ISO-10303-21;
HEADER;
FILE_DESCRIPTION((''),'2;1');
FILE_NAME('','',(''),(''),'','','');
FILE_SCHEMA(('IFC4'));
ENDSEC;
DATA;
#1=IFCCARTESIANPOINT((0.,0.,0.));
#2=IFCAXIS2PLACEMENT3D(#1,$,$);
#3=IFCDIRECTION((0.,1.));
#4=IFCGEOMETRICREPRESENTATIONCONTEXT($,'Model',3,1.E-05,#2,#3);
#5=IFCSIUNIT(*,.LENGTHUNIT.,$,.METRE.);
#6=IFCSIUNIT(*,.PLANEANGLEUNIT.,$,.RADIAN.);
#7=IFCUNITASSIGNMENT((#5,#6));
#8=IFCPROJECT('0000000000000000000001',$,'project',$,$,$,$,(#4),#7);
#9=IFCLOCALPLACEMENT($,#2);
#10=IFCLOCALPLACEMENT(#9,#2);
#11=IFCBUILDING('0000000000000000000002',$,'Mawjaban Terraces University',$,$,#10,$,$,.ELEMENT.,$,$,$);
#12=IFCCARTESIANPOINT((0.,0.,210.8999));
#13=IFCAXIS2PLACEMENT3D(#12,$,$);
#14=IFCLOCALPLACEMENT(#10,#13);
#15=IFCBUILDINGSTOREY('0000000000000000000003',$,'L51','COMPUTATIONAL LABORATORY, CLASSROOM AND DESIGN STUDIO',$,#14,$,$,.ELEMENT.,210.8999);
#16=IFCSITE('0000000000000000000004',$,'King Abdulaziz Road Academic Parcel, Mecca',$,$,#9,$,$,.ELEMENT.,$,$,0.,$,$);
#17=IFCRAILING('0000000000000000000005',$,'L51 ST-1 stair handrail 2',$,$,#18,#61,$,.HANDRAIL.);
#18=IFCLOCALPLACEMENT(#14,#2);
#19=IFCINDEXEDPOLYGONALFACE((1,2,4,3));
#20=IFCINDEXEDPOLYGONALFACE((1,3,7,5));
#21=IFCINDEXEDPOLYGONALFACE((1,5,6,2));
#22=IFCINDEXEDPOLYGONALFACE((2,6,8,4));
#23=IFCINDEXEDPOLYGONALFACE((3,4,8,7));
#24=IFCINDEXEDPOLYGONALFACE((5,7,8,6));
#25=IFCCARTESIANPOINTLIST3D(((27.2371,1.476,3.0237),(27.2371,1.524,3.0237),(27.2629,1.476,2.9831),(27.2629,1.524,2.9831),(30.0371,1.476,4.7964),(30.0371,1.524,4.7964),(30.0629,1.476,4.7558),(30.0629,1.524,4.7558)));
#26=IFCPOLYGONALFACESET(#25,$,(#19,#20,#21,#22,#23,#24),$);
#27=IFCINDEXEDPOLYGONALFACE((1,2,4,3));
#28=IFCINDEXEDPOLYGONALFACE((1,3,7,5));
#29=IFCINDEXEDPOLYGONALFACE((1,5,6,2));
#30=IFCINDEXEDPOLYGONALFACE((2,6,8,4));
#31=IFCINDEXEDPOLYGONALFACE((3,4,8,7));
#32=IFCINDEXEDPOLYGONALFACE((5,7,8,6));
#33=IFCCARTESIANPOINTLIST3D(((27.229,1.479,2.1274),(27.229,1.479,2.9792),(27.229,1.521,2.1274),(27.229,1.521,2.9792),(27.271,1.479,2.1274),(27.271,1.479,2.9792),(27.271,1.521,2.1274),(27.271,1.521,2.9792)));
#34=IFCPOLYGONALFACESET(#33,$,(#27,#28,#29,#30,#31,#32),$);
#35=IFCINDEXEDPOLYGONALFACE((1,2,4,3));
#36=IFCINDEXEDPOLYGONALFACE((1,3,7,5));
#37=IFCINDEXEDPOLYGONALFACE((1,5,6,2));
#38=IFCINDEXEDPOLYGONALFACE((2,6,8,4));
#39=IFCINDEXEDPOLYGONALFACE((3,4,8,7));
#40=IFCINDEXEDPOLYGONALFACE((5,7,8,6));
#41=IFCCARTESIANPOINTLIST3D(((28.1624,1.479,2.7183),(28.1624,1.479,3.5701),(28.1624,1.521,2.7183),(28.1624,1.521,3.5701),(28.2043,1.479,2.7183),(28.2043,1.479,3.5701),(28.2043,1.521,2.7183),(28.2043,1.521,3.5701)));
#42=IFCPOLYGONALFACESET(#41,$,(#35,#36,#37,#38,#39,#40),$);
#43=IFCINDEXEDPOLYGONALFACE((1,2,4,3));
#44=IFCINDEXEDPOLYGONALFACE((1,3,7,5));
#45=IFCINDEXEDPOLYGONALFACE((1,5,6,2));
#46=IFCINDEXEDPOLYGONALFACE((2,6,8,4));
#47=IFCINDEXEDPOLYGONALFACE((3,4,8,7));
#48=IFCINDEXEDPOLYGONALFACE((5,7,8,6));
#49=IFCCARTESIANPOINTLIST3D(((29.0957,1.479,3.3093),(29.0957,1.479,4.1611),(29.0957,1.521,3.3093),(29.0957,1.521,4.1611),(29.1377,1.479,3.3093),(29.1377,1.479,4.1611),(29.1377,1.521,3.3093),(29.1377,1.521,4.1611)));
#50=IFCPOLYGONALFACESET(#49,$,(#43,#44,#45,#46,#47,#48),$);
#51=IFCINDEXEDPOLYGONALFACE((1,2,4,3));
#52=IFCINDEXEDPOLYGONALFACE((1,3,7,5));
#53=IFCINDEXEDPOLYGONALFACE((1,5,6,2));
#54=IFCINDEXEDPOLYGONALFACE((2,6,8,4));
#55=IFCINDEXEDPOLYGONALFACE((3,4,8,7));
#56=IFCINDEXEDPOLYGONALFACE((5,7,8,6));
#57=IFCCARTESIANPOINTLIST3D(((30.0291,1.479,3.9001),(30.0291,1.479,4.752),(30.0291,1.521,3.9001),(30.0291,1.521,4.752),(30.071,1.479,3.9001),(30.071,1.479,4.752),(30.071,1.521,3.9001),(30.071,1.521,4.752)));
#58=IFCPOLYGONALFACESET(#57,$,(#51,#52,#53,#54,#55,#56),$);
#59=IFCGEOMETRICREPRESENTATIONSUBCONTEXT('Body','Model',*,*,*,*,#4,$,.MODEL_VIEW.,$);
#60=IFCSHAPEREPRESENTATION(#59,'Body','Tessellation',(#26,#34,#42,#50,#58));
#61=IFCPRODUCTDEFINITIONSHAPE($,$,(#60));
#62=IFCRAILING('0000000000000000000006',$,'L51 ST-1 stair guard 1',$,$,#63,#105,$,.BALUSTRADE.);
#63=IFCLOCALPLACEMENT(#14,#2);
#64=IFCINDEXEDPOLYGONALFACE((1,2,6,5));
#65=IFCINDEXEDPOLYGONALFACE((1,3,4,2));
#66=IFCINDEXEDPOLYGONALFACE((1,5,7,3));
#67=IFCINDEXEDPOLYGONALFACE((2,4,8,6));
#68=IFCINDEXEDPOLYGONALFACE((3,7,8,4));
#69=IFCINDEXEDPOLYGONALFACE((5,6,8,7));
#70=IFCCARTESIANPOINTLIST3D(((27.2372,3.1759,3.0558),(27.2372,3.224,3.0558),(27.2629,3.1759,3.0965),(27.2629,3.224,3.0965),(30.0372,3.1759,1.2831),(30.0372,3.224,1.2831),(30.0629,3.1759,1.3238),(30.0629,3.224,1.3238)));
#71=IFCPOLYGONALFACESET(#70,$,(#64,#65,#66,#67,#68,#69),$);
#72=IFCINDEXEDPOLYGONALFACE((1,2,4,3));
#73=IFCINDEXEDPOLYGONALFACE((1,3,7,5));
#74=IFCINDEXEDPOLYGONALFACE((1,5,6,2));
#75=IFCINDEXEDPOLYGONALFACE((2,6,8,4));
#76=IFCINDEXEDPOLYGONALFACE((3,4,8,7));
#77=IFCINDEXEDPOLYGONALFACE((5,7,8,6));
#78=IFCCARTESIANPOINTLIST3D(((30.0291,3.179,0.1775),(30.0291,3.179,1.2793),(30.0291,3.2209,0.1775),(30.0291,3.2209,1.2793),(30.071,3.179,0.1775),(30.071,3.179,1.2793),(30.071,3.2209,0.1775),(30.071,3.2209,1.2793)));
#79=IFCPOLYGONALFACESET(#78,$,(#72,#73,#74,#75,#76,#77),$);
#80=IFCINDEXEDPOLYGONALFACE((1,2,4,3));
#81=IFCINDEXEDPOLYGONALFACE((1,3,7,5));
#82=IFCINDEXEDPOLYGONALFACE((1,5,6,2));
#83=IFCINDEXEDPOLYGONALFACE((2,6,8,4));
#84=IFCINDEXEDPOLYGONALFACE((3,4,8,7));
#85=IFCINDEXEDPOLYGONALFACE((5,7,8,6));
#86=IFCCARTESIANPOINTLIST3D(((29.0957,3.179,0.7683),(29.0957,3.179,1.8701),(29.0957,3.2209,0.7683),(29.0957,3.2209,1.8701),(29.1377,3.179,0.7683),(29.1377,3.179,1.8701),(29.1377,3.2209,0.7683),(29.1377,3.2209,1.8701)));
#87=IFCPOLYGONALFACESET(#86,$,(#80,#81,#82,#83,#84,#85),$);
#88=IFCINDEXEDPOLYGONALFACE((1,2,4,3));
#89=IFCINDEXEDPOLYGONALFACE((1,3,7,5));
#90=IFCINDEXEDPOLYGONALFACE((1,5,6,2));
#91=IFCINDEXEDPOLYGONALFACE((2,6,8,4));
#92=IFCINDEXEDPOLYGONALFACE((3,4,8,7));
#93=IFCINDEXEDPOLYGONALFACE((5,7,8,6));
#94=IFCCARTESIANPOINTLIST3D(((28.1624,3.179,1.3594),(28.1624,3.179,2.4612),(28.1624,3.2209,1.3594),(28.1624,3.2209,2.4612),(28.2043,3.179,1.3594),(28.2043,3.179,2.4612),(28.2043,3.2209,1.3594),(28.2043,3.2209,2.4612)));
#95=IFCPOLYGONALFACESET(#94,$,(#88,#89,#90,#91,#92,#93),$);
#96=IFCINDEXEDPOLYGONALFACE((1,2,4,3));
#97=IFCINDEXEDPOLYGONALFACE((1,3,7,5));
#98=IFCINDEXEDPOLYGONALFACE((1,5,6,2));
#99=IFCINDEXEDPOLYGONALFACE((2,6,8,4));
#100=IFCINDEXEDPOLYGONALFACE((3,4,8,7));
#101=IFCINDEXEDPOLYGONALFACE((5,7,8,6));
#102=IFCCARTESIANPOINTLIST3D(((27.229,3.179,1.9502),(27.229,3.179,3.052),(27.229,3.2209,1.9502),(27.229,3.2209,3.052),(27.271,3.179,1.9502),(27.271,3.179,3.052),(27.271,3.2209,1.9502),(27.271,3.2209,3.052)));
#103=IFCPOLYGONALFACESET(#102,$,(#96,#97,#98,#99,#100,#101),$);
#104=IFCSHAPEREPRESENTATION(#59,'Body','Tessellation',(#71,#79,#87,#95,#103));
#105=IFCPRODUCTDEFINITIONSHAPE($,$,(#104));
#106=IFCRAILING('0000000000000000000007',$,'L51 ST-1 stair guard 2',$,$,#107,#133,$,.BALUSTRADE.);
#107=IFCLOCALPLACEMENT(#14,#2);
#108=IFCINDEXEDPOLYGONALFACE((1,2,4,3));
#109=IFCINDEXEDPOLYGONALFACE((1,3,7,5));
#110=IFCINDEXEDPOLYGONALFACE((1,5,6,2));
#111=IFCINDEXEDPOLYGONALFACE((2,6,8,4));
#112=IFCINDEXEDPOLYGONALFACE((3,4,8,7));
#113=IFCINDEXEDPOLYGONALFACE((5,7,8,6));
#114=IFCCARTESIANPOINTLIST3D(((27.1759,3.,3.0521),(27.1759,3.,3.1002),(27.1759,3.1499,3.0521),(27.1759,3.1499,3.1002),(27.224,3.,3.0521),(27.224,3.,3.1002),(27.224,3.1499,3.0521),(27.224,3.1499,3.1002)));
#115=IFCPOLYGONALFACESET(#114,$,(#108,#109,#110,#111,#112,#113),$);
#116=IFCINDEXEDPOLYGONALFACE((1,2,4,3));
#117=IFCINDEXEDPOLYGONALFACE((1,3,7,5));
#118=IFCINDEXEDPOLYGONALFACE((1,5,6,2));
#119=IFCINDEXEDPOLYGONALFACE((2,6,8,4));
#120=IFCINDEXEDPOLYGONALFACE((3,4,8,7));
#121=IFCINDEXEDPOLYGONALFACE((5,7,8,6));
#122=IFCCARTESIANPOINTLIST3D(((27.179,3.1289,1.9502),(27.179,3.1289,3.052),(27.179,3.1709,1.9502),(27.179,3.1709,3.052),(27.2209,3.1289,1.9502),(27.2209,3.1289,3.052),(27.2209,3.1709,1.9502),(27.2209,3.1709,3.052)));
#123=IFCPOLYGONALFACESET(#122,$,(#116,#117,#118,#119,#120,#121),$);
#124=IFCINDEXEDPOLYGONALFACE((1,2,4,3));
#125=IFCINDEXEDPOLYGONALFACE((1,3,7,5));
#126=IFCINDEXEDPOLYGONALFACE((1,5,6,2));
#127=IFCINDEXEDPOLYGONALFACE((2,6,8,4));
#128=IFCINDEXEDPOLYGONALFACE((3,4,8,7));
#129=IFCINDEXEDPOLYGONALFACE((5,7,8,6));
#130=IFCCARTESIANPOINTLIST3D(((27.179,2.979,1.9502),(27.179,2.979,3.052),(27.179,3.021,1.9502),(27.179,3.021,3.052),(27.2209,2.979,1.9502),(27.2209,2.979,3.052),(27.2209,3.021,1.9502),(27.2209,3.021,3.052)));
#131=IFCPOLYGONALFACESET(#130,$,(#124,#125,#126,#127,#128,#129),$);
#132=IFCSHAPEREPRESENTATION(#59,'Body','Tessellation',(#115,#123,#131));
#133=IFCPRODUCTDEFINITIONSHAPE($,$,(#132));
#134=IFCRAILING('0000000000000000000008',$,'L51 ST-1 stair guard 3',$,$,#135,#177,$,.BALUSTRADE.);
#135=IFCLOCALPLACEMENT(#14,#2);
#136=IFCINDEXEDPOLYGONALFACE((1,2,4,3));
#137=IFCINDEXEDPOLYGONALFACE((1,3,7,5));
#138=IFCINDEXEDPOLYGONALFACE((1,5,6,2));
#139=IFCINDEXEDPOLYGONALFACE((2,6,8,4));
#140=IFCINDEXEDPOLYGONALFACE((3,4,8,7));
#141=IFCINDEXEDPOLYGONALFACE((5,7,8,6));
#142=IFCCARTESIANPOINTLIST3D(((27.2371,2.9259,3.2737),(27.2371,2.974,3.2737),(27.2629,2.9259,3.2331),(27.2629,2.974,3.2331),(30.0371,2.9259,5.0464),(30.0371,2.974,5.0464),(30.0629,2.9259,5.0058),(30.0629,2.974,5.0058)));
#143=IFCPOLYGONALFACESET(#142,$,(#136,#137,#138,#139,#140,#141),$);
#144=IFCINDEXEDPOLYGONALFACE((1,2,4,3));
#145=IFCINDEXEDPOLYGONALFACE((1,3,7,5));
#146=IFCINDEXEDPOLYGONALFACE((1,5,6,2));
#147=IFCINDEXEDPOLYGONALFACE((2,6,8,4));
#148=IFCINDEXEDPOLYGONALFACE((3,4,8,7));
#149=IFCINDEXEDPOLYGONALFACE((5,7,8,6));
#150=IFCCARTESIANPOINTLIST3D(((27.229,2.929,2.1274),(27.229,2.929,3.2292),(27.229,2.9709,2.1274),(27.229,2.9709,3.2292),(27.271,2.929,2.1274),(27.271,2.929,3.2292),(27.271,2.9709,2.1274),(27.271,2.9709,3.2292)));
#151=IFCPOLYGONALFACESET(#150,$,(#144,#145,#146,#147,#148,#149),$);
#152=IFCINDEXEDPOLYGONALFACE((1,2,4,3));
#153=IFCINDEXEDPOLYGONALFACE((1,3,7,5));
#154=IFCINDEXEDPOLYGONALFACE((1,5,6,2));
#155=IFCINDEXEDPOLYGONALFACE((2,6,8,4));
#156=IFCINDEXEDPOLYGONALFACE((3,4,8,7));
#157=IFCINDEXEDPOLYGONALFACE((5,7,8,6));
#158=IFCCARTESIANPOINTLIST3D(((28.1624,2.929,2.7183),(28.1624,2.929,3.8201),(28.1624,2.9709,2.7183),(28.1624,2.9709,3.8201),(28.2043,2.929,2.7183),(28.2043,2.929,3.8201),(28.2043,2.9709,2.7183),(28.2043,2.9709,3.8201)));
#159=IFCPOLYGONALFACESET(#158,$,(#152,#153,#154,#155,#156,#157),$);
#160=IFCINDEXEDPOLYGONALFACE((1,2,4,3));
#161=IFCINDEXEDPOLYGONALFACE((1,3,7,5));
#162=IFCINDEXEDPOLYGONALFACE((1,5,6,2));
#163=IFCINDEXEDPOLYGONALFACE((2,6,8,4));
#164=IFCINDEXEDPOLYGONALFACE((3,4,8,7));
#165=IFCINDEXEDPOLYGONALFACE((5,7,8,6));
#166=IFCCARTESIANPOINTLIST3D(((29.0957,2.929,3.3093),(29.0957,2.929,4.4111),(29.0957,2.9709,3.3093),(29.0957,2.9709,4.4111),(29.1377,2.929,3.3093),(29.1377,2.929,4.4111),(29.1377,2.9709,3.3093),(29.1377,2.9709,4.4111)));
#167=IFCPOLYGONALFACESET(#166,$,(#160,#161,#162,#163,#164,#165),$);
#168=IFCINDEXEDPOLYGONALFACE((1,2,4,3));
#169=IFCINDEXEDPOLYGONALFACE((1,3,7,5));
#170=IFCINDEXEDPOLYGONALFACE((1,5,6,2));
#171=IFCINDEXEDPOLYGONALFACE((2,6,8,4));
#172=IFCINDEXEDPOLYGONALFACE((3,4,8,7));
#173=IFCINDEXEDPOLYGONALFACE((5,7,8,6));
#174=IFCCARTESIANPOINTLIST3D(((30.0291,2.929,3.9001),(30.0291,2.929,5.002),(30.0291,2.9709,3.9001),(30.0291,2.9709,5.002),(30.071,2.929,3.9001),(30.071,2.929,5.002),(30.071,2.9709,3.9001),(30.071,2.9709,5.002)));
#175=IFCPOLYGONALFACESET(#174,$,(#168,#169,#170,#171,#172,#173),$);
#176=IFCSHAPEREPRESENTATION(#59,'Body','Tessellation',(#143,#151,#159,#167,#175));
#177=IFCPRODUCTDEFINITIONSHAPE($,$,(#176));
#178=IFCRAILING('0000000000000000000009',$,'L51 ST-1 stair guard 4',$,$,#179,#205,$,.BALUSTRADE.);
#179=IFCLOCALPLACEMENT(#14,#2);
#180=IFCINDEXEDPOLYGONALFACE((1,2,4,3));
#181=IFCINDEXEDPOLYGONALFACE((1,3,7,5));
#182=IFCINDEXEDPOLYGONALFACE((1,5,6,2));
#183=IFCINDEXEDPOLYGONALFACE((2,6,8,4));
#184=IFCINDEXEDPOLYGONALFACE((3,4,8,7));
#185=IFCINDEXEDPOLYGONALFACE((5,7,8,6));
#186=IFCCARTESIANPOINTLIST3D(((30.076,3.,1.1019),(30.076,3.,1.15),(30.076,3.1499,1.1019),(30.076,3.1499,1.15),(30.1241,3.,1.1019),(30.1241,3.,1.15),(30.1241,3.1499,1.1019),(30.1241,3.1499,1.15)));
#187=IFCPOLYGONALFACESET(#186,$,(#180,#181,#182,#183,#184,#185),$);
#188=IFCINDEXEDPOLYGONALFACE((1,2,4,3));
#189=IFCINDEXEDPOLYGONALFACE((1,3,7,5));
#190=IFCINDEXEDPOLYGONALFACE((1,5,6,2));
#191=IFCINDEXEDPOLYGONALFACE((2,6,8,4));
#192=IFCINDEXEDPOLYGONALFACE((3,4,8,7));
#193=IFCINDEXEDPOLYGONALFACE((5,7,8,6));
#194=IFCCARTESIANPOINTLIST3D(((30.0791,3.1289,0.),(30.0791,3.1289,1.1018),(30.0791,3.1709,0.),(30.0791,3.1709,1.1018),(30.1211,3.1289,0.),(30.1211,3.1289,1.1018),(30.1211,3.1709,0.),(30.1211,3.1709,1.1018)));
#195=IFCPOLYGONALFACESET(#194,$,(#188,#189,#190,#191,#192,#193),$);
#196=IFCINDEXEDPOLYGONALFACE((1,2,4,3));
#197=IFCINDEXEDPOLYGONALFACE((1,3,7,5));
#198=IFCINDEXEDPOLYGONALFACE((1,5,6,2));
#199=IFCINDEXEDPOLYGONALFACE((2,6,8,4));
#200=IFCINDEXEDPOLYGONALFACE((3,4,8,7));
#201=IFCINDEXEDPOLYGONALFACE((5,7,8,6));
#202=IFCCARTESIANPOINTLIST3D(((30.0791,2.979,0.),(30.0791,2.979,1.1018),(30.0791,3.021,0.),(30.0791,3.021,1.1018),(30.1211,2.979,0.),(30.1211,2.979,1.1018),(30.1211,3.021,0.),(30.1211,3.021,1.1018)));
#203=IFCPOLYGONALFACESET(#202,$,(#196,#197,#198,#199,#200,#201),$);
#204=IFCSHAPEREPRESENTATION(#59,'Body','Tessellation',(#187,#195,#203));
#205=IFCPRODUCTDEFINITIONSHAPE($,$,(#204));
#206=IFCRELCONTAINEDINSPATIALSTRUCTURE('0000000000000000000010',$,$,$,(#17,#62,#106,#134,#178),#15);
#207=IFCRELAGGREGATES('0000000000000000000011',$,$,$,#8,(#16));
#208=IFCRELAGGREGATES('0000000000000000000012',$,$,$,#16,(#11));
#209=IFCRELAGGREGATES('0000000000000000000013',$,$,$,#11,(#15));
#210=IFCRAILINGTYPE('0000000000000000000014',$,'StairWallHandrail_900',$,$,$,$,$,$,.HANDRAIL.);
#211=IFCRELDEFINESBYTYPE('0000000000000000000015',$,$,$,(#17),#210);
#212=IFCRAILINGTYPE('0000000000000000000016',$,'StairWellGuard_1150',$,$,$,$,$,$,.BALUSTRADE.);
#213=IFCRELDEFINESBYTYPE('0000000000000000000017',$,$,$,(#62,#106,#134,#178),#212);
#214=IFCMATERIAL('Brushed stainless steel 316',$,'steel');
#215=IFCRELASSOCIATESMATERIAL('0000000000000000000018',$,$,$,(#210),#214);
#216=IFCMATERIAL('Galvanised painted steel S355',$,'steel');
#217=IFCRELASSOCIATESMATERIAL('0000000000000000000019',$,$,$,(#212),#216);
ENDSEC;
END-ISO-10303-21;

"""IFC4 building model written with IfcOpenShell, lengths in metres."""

from ifc_helpers import new_model, si_unit, direction, frame, origin, origin_2d, place, context, subcontext, project, spatial, rectangle, extrude, material, type_object, element, save


model = new_model("IFC4")

# Units and contexts
model_context = context("Model", 3, precision=1e-05, world=origin(), true_north=direction((0.0, 1.0)))
body_context = subcontext(model_context, "Body", "Model", "MODEL_VIEW")
ifc_project = project(units=[si_unit("LENGTHUNIT", "METRE"), si_unit("PLANEANGLEUNIT", "RADIAN")], contexts=[model_context])

# Site, building, storey
site_placement = place(None, origin())
site = spatial("IfcSite", under=ifc_project, at=site_placement, Name="King Abdulaziz Road Academic Parcel, Mecca", CompositionType="ELEMENT", RefElevation=0.0)
building_placement = place(site_placement, origin())
building = spatial("IfcBuilding", under=site, at=building_placement, Name="Mawjaban Terraces University", CompositionType="ELEMENT")
storey_placement = place(building_placement, frame((0.0, 0.0, 210.8999)))
storey = spatial("IfcBuildingStorey", under=building, at=storey_placement, Name="L51", Description="COMPUTATIONAL LABORATORY, CLASSROOM AND DESIGN STUDIO", CompositionType="ELEMENT", Elevation=210.8999)

# Railings
ifc_material_1 = material(Name="Brushed stainless steel 316", Category="steel")
railing_type_1 = type_object("IfcRailingType", Name="StairWallHandrail_900", PredefinedType="HANDRAIL", material=ifc_material_1)
railing_1_placement = place(storey_placement, frame((27.25, 1.5, 2.1274)))
element("IfcRailing", 1, at=railing_1_placement, inside=storey, type_object=railing_type_1, Name="L51 ST-1 stair handrail 2", PredefinedType="HANDRAIL", context=body_context, shape_type="SweptSolid", body=[
    extrude(rectangle(XDim=0.0481, YDim=0.0481, at=origin_2d()), frame((0.0, 0.0, 0.876), z_axis=(0.844909, 0.0, 0.53491), x_axis=(0.0, 1.0, 0.0)), (0.0, 0.0, 1.0), 3.314),
    extrude(rectangle(XDim=0.042, YDim=0.042, at=origin_2d()), origin(), (0.0, 0.0, 1.0), 0.8518),
    extrude(rectangle(XDim=0.042, YDim=0.042, at=origin_2d()), frame((0.9333, 0.0, 0.5908)), (0.0, 0.0, 1.0), 0.8518),
    extrude(rectangle(XDim=0.042, YDim=0.042, at=origin_2d()), frame((1.8667, 0.0, 1.1819)), (0.0, 0.0, 1.0), 0.8518),
    extrude(rectangle(XDim=0.042, YDim=0.042, at=origin_2d()), frame((2.8, 0.0, 1.7727)), (0.0, 0.0, 1.0), 0.8518),
])
ifc_material_2 = material(Name="Galvanised painted steel S355", Category="steel")
railing_type_2 = type_object("IfcRailingType", Name="StairWellGuard_1150", PredefinedType="BALUSTRADE", material=ifc_material_2)
railing_2_placement = place(storey_placement, frame((30.05, 3.2, 0.1775)))
element("IfcRailing", 2, at=railing_2_placement, inside=storey, type_object=railing_type_2, Name="L51 ST-1 stair guard 1", PredefinedType="BALUSTRADE", context=body_context, shape_type="SweptSolid", body=[
    extrude(rectangle(XDim=0.0481, YDim=0.0481, at=origin_2d()), frame((0.0, 0.0, 1.126), z_axis=(-0.844909, 0.0, 0.53491), x_axis=(0.0, -1.0, 0.0)), (0.0, 0.0, 1.0), 3.314),
    extrude(rectangle(XDim=0.042, YDim=0.042, at=origin_2d()), origin(), (0.0, 0.0, 1.0), 1.1018),
    extrude(rectangle(XDim=0.042, YDim=0.042, at=origin_2d()), frame((-0.9333, 0.0, 0.5908)), (0.0, 0.0, 1.0), 1.1018),
    extrude(rectangle(XDim=0.042, YDim=0.042, at=origin_2d()), frame((-1.8667, 0.0, 1.1819)), (0.0, 0.0, 1.0), 1.1018),
    extrude(rectangle(XDim=0.042, YDim=0.042, at=origin_2d()), frame((-2.8, 0.0, 1.7727)), (0.0, 0.0, 1.0), 1.1018),
])
railing_3_placement = place(storey_placement, frame((27.2, 3.1499, 1.9502)))
element("IfcRailing", 3, at=railing_3_placement, inside=storey, type_object=railing_type_2, Name="L51 ST-1 stair guard 2", PredefinedType="BALUSTRADE", context=body_context, shape_type="SweptSolid", body=[
    extrude(rectangle(XDim=0.0481, YDim=0.0481, at=origin_2d()), frame((0.0, 0.0, 1.126), z_axis=(0.0, -1.0, 0.0), x_axis=(1.0, 0.0, 0.0)), (0.0, 0.0, 1.0), 0.1499),
    extrude(rectangle(XDim=0.042, YDim=0.042, at=origin_2d()), origin(), (0.0, 0.0, 1.0), 1.1018),
    extrude(rectangle(XDim=0.042, YDim=0.042, at=origin_2d()), frame((0.0, -0.1499, 0.0)), (0.0, 0.0, 1.0), 1.1018),
])
railing_4_placement = place(storey_placement, frame((27.25, 2.95, 2.1274)))
element("IfcRailing", 4, at=railing_4_placement, inside=storey, type_object=railing_type_2, Name="L51 ST-1 stair guard 3", PredefinedType="BALUSTRADE", context=body_context, shape_type="SweptSolid", body=[
    extrude(rectangle(XDim=0.0481, YDim=0.0481, at=origin_2d()), frame((0.0, 0.0, 1.126), z_axis=(0.844909, 0.0, 0.53491), x_axis=(0.0, 1.0, 0.0)), (0.0, 0.0, 1.0), 3.314),
    extrude(rectangle(XDim=0.042, YDim=0.042, at=origin_2d()), origin(), (0.0, 0.0, 1.0), 1.1018),
    extrude(rectangle(XDim=0.042, YDim=0.042, at=origin_2d()), frame((0.9333, 0.0, 0.5908)), (0.0, 0.0, 1.0), 1.1018),
    extrude(rectangle(XDim=0.042, YDim=0.042, at=origin_2d()), frame((1.8667, 0.0, 1.1819)), (0.0, 0.0, 1.0), 1.1018),
    extrude(rectangle(XDim=0.042, YDim=0.042, at=origin_2d()), frame((2.8, 0.0, 1.7727)), (0.0, 0.0, 1.0), 1.1018),
])
railing_5_placement = place(storey_placement, frame((30.1001, 3.1499, 0.0)))
element("IfcRailing", 5, at=railing_5_placement, inside=storey, type_object=railing_type_2, Name="L51 ST-1 stair guard 4", PredefinedType="BALUSTRADE", context=body_context, shape_type="SweptSolid", body=[
    extrude(rectangle(XDim=0.0481, YDim=0.0481, at=origin_2d()), frame((0.0, 0.0, 1.126), z_axis=(0.0, -1.0, 0.0), x_axis=(1.0, 0.0, 0.0)), (0.0, 0.0, 1.0), 0.1499),
    extrude(rectangle(XDim=0.042, YDim=0.042, at=origin_2d()), origin(), (0.0, 0.0, 1.0), 1.1018),
    extrude(rectangle(XDim=0.042, YDim=0.042, at=origin_2d()), frame((0.0, -0.1499, 0.0)), (0.0, 0.0, 1.0), 1.1018),
])

save(model, "model.ifc")
